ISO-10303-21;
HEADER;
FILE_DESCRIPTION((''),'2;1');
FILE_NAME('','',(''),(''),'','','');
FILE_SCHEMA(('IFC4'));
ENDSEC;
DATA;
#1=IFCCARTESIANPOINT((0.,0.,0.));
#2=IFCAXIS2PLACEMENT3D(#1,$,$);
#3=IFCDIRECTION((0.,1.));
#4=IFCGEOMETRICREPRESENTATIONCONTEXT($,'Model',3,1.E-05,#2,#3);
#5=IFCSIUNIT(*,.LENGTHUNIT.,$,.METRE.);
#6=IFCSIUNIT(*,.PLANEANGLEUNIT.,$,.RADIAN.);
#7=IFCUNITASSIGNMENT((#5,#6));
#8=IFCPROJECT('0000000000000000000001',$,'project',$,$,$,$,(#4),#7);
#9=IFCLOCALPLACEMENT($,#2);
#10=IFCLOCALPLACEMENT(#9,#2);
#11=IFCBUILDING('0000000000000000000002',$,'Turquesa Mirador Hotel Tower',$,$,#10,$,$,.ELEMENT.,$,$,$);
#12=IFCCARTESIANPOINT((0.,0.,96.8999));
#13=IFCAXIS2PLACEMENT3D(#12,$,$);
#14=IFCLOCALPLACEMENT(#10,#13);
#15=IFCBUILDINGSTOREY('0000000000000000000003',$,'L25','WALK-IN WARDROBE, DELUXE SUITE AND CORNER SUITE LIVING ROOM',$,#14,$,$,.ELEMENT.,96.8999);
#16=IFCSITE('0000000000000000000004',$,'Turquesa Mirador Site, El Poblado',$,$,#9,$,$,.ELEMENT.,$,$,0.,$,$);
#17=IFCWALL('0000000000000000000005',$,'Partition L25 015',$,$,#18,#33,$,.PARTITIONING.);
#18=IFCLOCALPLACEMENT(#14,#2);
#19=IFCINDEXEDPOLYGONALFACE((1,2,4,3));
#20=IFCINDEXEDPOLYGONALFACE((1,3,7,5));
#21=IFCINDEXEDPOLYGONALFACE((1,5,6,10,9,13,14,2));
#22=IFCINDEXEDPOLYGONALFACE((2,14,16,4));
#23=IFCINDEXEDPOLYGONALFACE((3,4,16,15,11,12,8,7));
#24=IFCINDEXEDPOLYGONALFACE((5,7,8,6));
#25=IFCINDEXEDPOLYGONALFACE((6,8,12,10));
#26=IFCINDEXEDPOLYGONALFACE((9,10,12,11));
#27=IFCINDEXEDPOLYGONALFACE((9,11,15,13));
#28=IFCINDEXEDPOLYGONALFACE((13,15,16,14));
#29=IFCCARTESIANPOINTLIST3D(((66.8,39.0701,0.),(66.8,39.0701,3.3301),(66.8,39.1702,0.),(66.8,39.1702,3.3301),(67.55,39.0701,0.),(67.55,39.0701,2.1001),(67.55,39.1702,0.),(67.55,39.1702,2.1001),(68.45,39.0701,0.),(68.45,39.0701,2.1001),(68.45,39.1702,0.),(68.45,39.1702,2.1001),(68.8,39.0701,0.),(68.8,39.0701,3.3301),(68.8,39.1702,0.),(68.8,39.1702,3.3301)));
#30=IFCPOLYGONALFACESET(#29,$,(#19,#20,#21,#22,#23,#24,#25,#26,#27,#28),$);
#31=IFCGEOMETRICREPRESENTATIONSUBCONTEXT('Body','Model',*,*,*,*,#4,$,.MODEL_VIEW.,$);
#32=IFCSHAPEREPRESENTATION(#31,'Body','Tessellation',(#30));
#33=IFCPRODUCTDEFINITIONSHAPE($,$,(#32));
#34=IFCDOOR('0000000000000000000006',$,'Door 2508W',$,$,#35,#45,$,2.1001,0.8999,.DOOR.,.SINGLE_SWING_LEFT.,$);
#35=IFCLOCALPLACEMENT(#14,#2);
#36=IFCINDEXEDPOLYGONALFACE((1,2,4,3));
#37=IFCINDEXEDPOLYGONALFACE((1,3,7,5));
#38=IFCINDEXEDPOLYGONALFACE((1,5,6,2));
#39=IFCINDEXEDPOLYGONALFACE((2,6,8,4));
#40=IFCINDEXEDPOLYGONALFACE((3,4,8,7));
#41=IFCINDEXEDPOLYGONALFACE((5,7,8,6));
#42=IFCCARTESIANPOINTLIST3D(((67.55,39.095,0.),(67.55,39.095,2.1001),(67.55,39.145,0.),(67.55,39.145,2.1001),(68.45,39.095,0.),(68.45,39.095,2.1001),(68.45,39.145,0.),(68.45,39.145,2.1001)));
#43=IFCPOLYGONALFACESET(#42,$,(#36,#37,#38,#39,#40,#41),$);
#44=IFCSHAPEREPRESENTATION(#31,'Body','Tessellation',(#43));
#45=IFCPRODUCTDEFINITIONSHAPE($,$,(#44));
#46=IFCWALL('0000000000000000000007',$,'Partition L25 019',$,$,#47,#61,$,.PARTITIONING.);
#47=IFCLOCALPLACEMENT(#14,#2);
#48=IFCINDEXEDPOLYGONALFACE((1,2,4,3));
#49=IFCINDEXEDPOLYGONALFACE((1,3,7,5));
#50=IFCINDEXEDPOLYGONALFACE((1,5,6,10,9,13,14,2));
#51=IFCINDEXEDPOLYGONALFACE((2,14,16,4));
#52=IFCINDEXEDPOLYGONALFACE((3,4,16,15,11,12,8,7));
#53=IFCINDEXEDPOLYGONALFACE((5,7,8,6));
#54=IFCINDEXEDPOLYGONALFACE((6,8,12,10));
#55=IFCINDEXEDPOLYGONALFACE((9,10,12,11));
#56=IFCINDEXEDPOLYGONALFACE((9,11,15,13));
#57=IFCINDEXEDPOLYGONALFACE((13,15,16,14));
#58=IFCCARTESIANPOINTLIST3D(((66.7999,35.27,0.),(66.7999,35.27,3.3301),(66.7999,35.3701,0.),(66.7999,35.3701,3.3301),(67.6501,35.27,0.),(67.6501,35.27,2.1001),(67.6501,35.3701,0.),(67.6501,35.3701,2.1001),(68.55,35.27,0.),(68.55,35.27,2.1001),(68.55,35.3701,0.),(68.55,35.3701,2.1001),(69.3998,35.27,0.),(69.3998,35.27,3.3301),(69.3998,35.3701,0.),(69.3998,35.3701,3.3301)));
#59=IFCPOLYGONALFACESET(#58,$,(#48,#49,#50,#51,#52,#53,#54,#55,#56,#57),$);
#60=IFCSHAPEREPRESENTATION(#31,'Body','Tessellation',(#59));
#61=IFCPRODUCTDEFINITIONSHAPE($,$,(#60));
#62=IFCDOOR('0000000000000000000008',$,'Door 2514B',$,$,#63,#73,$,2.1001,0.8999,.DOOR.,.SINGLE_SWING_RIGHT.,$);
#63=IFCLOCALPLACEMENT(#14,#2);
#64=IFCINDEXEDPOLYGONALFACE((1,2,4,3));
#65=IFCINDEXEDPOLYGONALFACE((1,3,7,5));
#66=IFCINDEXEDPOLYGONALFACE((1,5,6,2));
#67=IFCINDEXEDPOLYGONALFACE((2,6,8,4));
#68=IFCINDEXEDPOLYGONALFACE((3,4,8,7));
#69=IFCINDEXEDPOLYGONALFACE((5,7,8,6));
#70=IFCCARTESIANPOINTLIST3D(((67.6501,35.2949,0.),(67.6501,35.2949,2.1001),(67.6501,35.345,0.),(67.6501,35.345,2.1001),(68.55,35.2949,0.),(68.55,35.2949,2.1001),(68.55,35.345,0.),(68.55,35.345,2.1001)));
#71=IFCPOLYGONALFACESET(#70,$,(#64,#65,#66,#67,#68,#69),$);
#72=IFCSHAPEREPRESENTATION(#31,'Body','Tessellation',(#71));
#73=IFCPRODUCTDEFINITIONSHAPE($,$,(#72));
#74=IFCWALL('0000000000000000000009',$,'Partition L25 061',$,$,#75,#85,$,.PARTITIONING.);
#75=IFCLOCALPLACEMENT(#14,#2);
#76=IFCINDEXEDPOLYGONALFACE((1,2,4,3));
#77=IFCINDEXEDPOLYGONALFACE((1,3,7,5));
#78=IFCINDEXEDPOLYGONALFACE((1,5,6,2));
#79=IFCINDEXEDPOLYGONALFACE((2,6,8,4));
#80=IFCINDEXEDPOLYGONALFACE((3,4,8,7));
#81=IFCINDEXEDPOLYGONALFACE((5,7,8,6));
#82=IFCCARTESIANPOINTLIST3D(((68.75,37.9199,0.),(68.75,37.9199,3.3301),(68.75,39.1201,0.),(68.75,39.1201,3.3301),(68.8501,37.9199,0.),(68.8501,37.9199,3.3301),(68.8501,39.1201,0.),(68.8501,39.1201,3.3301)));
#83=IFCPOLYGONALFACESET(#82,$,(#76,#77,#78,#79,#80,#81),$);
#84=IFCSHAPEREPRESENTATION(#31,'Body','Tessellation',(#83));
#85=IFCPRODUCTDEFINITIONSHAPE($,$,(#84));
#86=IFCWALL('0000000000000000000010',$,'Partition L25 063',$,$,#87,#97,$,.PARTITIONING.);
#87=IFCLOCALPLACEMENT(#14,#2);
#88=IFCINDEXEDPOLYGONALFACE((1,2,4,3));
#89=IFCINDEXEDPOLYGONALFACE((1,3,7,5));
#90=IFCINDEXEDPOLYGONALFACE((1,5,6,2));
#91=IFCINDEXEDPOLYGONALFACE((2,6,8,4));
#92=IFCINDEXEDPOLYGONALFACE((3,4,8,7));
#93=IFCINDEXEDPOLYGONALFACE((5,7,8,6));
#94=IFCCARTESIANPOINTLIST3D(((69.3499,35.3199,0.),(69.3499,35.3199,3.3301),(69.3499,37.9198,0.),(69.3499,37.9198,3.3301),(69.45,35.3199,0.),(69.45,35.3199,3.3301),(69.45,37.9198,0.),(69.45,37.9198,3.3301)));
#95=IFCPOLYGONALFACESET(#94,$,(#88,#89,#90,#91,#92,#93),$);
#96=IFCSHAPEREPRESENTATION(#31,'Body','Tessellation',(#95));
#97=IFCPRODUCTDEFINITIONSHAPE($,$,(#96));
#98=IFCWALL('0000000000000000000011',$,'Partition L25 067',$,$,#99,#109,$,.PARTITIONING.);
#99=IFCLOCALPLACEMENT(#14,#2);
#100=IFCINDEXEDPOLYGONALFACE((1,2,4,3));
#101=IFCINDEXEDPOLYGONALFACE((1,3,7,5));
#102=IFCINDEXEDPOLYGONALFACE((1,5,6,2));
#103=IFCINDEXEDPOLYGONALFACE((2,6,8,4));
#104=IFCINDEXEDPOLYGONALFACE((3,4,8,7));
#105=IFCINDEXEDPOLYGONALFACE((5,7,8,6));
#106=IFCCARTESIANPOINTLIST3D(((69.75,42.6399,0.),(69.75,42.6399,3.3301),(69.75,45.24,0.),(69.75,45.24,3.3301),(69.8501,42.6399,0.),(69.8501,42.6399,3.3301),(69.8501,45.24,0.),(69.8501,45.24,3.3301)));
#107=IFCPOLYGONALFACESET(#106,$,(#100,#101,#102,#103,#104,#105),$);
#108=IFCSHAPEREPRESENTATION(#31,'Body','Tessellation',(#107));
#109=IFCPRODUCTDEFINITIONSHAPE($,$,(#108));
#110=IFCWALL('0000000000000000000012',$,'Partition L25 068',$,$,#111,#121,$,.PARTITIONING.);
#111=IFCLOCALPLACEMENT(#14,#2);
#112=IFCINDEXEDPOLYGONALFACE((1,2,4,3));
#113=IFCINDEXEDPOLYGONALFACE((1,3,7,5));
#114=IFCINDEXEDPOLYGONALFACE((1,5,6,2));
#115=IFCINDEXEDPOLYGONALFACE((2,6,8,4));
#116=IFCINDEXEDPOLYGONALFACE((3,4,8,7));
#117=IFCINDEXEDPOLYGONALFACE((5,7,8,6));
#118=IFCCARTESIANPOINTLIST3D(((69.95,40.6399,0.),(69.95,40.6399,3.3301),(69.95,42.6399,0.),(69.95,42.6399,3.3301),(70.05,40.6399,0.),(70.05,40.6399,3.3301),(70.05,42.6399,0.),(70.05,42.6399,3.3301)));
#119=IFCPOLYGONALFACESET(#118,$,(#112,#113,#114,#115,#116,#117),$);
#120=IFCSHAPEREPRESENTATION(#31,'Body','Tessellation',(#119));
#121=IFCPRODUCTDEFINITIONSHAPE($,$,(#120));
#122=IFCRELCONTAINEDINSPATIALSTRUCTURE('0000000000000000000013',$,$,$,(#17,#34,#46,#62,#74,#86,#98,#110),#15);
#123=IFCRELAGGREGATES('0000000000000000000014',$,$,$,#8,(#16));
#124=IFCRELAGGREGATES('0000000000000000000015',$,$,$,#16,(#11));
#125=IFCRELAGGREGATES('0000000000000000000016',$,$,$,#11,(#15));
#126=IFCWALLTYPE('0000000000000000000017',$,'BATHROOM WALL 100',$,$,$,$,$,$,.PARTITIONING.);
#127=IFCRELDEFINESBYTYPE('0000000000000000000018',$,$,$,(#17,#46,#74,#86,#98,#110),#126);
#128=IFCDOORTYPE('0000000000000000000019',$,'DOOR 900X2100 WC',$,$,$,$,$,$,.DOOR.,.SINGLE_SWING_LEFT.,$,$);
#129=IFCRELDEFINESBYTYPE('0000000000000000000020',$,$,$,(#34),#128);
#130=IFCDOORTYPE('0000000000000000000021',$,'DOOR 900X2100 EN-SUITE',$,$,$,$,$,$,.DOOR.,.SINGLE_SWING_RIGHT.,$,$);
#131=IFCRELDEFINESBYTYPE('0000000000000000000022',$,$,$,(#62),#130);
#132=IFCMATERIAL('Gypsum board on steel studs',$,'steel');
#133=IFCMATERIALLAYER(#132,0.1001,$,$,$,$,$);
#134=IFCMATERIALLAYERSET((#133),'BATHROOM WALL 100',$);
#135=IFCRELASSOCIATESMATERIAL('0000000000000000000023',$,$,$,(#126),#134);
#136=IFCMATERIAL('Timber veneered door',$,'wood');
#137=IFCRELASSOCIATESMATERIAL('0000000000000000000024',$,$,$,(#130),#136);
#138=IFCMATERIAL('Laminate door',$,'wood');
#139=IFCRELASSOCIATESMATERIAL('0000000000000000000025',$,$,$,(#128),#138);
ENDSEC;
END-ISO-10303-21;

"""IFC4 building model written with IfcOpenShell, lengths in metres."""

from ifc_helpers import new_model, si_unit, direction, frame, frame_2d, origin, place, context, subcontext, project, spatial, rectangle, extrude, material, layer, layer_set, type_object, element, fill, save


model = new_model("IFC4")

# Units and contexts
model_context = context("Model", 3, precision=1e-05, world=origin(), true_north=direction((0.0, 1.0)))
body_context = subcontext(model_context, "Body", "Model", "MODEL_VIEW")
ifc_project = project(units=[si_unit("LENGTHUNIT", "METRE"), si_unit("PLANEANGLEUNIT", "RADIAN")], contexts=[model_context])

# Site, building, storey
site_placement = place(None, origin())
site = spatial("IfcSite", under=ifc_project, at=site_placement, Name="Turquesa Mirador Site, El Poblado", CompositionType="ELEMENT", RefElevation=0.0)
building_placement = place(site_placement, origin())
building = spatial("IfcBuilding", under=site, at=building_placement, Name="Turquesa Mirador Hotel Tower", CompositionType="ELEMENT")
storey_placement = place(building_placement, frame((0.0, 0.0, 96.8999)))
storey = spatial("IfcBuildingStorey", under=building, at=storey_placement, Name="L25", Description="WALK-IN WARDROBE, DELUXE SUITE AND CORNER SUITE LIVING ROOM", CompositionType="ELEMENT", Elevation=96.8999)

# Walls, openings, doors
ifc_material_1 = material(Name="Gypsum board on steel studs", Category="steel")
ifc_layer_1 = layer(ifc_material_1, 0.1001)
ifc_layer_set_1 = layer_set([ifc_layer_1], Name="BATHROOM WALL 100")
wall_type_1 = type_object("IfcWallType", Name="BATHROOM WALL 100", PredefinedType="PARTITIONING", material=ifc_layer_set_1)
ifc_material_2 = material(Name="Timber veneered door", Category="wood")
door_type_1 = type_object("IfcDoorType", Name="DOOR 900X2100 EN-SUITE", OperationType="SINGLE_SWING_RIGHT", PredefinedType="DOOR", material=ifc_material_2)
wall_1_placement = place(storey_placement, frame((66.8, 39.1201, 0.0), z_axis=(0.0, 0.0, 1.0), x_axis=(1.0, 0.0, 0.0)))
wall_1 = element("IfcWall", 1, at=wall_1_placement, inside=storey, type_object=wall_type_1, Name="Partition L25 015", PredefinedType="PARTITIONING", context=body_context, shape_type="SweptSolid", body=[
    extrude(rectangle(XDim=2.0, YDim=0.1001, at=frame_2d((1.0, 0.0))), origin(), (0.0, 0.0, 1.0), 3.3301),
])
opening_1_placement = place(wall_1_placement, frame((0.75, 0.0, 0.0)))
opening_1 = element("IfcOpeningElement", 2, at=opening_1_placement, cuts=wall_1, PredefinedType="OPENING", context=body_context, shape_type="SweptSolid", body=[
    extrude(rectangle(XDim=0.8999, YDim=2.1001, at=frame_2d((0.45, 1.05))), frame((0.0, 0.0601, 0.0), z_axis=(0.0, -1.0, 0.0), x_axis=(1.0, 0.0, 0.0)), (0.0, 0.0, 1.0), 0.1201),
])
ifc_material_3 = material(Name="Laminate door", Category="wood")
door_type_2 = type_object("IfcDoorType", Name="DOOR 900X2100 WC", OperationType="SINGLE_SWING_LEFT", PredefinedType="DOOR", material=ifc_material_3)
door_1_placement = place(opening_1_placement, origin())
door_1 = element("IfcDoor", 3, at=door_1_placement, inside=storey, type_object=door_type_2, Name="Door 2508W", OperationType="SINGLE_SWING_LEFT", OverallHeight=2.1001, OverallWidth=0.8999, PredefinedType="DOOR", context=body_context, shape_type="SweptSolid", body=[
    extrude(rectangle(XDim=0.8999, YDim=2.1001, at=frame_2d((0.45, 1.05))), frame((0.0, 0.0249, 0.0), z_axis=(0.0, -1.0, 0.0), x_axis=(1.0, 0.0, 0.0)), (0.0, 0.0, 1.0), 0.05),
])
fill(opening_1, door_1)
wall_2_placement = place(storey_placement, frame((66.8, 35.3201, 0.0), z_axis=(0.0, 0.0, 1.0), x_axis=(1.0, 0.0, 0.0)))
wall_2 = element("IfcWall", 4, at=wall_2_placement, inside=storey, type_object=wall_type_1, Name="Partition L25 019", PredefinedType="PARTITIONING", context=body_context, shape_type="SweptSolid", body=[
    extrude(rectangle(XDim=2.5999, YDim=0.1001, at=frame_2d((1.2998, 0.0))), origin(), (0.0, 0.0, 1.0), 3.3301),
])
opening_2_placement = place(wall_2_placement, frame((0.8501, 0.0, 0.0)))
opening_2 = element("IfcOpeningElement", 5, at=opening_2_placement, cuts=wall_2, PredefinedType="OPENING", context=body_context, shape_type="SweptSolid", body=[
    extrude(rectangle(XDim=0.8999, YDim=2.1001, at=frame_2d((0.45, 1.05))), frame((0.0, 0.0601, 0.0), z_axis=(0.0, -1.0, 0.0), x_axis=(1.0, 0.0, 0.0)), (0.0, 0.0, 1.0), 0.1201),
])
door_2_placement = place(opening_2_placement, origin())
door_2 = element("IfcDoor", 6, at=door_2_placement, inside=storey, type_object=door_type_1, Name="Door 2514B", OperationType="SINGLE_SWING_RIGHT", OverallHeight=2.1001, OverallWidth=0.8999, PredefinedType="DOOR", context=body_context, shape_type="SweptSolid", body=[
    extrude(rectangle(XDim=0.8999, YDim=2.1001, at=frame_2d((0.45, 1.05))), frame((0.0, 0.0249, 0.0), z_axis=(0.0, -1.0, 0.0), x_axis=(1.0, 0.0, 0.0)), (0.0, 0.0, 1.0), 0.05),
])
fill(opening_2, door_2)

# Walls
wall_3_placement = place(storey_placement, frame((68.8, 37.9199, 0.0), z_axis=(0.0, 0.0, 1.0), x_axis=(0.0, 1.0, 0.0)))
element("IfcWall", 7, at=wall_3_placement, inside=storey, type_object=wall_type_1, Name="Partition L25 061", PredefinedType="PARTITIONING", context=body_context, shape_type="SweptSolid", body=[
    extrude(rectangle(XDim=1.2002, YDim=0.1001, at=frame_2d((0.6001, 0.0))), origin(), (0.0, 0.0, 1.0), 3.3301),
])
wall_4_placement = place(storey_placement, frame((69.3999, 35.3201, 0.0), z_axis=(0.0, 0.0, 1.0), x_axis=(0.0, 1.0, 0.0)))
element("IfcWall", 8, at=wall_4_placement, inside=storey, type_object=wall_type_1, Name="Partition L25 063", PredefinedType="PARTITIONING", context=body_context, shape_type="SweptSolid", body=[
    extrude(rectangle(XDim=2.5999, YDim=0.1001, at=frame_2d((1.2998, 0.0))), origin(), (0.0, 0.0, 1.0), 3.3301),
])
wall_5_placement = place(storey_placement, frame((69.8, 42.6399, 0.0), z_axis=(0.0, 0.0, 1.0), x_axis=(0.0, 1.0, 0.0)))
element("IfcWall", 9, at=wall_5_placement, inside=storey, type_object=wall_type_1, Name="Partition L25 067", PredefinedType="PARTITIONING", context=body_context, shape_type="SweptSolid", body=[
    extrude(rectangle(XDim=2.6001, YDim=0.1001, at=frame_2d((1.3, 0.0))), origin(), (0.0, 0.0, 1.0), 3.3301),
])
wall_6_placement = place(storey_placement, frame((70.0, 40.6399, 0.0), z_axis=(0.0, 0.0, 1.0), x_axis=(0.0, 1.0, 0.0)))
element("IfcWall", 10, at=wall_6_placement, inside=storey, type_object=wall_type_1, Name="Partition L25 068", PredefinedType="PARTITIONING", context=body_context, shape_type="SweptSolid", body=[
    extrude(rectangle(XDim=2.0, YDim=0.1001, at=frame_2d((1.0, 0.0))), origin(), (0.0, 0.0, 1.0), 3.3301),
])

save(model, "model.ifc")
